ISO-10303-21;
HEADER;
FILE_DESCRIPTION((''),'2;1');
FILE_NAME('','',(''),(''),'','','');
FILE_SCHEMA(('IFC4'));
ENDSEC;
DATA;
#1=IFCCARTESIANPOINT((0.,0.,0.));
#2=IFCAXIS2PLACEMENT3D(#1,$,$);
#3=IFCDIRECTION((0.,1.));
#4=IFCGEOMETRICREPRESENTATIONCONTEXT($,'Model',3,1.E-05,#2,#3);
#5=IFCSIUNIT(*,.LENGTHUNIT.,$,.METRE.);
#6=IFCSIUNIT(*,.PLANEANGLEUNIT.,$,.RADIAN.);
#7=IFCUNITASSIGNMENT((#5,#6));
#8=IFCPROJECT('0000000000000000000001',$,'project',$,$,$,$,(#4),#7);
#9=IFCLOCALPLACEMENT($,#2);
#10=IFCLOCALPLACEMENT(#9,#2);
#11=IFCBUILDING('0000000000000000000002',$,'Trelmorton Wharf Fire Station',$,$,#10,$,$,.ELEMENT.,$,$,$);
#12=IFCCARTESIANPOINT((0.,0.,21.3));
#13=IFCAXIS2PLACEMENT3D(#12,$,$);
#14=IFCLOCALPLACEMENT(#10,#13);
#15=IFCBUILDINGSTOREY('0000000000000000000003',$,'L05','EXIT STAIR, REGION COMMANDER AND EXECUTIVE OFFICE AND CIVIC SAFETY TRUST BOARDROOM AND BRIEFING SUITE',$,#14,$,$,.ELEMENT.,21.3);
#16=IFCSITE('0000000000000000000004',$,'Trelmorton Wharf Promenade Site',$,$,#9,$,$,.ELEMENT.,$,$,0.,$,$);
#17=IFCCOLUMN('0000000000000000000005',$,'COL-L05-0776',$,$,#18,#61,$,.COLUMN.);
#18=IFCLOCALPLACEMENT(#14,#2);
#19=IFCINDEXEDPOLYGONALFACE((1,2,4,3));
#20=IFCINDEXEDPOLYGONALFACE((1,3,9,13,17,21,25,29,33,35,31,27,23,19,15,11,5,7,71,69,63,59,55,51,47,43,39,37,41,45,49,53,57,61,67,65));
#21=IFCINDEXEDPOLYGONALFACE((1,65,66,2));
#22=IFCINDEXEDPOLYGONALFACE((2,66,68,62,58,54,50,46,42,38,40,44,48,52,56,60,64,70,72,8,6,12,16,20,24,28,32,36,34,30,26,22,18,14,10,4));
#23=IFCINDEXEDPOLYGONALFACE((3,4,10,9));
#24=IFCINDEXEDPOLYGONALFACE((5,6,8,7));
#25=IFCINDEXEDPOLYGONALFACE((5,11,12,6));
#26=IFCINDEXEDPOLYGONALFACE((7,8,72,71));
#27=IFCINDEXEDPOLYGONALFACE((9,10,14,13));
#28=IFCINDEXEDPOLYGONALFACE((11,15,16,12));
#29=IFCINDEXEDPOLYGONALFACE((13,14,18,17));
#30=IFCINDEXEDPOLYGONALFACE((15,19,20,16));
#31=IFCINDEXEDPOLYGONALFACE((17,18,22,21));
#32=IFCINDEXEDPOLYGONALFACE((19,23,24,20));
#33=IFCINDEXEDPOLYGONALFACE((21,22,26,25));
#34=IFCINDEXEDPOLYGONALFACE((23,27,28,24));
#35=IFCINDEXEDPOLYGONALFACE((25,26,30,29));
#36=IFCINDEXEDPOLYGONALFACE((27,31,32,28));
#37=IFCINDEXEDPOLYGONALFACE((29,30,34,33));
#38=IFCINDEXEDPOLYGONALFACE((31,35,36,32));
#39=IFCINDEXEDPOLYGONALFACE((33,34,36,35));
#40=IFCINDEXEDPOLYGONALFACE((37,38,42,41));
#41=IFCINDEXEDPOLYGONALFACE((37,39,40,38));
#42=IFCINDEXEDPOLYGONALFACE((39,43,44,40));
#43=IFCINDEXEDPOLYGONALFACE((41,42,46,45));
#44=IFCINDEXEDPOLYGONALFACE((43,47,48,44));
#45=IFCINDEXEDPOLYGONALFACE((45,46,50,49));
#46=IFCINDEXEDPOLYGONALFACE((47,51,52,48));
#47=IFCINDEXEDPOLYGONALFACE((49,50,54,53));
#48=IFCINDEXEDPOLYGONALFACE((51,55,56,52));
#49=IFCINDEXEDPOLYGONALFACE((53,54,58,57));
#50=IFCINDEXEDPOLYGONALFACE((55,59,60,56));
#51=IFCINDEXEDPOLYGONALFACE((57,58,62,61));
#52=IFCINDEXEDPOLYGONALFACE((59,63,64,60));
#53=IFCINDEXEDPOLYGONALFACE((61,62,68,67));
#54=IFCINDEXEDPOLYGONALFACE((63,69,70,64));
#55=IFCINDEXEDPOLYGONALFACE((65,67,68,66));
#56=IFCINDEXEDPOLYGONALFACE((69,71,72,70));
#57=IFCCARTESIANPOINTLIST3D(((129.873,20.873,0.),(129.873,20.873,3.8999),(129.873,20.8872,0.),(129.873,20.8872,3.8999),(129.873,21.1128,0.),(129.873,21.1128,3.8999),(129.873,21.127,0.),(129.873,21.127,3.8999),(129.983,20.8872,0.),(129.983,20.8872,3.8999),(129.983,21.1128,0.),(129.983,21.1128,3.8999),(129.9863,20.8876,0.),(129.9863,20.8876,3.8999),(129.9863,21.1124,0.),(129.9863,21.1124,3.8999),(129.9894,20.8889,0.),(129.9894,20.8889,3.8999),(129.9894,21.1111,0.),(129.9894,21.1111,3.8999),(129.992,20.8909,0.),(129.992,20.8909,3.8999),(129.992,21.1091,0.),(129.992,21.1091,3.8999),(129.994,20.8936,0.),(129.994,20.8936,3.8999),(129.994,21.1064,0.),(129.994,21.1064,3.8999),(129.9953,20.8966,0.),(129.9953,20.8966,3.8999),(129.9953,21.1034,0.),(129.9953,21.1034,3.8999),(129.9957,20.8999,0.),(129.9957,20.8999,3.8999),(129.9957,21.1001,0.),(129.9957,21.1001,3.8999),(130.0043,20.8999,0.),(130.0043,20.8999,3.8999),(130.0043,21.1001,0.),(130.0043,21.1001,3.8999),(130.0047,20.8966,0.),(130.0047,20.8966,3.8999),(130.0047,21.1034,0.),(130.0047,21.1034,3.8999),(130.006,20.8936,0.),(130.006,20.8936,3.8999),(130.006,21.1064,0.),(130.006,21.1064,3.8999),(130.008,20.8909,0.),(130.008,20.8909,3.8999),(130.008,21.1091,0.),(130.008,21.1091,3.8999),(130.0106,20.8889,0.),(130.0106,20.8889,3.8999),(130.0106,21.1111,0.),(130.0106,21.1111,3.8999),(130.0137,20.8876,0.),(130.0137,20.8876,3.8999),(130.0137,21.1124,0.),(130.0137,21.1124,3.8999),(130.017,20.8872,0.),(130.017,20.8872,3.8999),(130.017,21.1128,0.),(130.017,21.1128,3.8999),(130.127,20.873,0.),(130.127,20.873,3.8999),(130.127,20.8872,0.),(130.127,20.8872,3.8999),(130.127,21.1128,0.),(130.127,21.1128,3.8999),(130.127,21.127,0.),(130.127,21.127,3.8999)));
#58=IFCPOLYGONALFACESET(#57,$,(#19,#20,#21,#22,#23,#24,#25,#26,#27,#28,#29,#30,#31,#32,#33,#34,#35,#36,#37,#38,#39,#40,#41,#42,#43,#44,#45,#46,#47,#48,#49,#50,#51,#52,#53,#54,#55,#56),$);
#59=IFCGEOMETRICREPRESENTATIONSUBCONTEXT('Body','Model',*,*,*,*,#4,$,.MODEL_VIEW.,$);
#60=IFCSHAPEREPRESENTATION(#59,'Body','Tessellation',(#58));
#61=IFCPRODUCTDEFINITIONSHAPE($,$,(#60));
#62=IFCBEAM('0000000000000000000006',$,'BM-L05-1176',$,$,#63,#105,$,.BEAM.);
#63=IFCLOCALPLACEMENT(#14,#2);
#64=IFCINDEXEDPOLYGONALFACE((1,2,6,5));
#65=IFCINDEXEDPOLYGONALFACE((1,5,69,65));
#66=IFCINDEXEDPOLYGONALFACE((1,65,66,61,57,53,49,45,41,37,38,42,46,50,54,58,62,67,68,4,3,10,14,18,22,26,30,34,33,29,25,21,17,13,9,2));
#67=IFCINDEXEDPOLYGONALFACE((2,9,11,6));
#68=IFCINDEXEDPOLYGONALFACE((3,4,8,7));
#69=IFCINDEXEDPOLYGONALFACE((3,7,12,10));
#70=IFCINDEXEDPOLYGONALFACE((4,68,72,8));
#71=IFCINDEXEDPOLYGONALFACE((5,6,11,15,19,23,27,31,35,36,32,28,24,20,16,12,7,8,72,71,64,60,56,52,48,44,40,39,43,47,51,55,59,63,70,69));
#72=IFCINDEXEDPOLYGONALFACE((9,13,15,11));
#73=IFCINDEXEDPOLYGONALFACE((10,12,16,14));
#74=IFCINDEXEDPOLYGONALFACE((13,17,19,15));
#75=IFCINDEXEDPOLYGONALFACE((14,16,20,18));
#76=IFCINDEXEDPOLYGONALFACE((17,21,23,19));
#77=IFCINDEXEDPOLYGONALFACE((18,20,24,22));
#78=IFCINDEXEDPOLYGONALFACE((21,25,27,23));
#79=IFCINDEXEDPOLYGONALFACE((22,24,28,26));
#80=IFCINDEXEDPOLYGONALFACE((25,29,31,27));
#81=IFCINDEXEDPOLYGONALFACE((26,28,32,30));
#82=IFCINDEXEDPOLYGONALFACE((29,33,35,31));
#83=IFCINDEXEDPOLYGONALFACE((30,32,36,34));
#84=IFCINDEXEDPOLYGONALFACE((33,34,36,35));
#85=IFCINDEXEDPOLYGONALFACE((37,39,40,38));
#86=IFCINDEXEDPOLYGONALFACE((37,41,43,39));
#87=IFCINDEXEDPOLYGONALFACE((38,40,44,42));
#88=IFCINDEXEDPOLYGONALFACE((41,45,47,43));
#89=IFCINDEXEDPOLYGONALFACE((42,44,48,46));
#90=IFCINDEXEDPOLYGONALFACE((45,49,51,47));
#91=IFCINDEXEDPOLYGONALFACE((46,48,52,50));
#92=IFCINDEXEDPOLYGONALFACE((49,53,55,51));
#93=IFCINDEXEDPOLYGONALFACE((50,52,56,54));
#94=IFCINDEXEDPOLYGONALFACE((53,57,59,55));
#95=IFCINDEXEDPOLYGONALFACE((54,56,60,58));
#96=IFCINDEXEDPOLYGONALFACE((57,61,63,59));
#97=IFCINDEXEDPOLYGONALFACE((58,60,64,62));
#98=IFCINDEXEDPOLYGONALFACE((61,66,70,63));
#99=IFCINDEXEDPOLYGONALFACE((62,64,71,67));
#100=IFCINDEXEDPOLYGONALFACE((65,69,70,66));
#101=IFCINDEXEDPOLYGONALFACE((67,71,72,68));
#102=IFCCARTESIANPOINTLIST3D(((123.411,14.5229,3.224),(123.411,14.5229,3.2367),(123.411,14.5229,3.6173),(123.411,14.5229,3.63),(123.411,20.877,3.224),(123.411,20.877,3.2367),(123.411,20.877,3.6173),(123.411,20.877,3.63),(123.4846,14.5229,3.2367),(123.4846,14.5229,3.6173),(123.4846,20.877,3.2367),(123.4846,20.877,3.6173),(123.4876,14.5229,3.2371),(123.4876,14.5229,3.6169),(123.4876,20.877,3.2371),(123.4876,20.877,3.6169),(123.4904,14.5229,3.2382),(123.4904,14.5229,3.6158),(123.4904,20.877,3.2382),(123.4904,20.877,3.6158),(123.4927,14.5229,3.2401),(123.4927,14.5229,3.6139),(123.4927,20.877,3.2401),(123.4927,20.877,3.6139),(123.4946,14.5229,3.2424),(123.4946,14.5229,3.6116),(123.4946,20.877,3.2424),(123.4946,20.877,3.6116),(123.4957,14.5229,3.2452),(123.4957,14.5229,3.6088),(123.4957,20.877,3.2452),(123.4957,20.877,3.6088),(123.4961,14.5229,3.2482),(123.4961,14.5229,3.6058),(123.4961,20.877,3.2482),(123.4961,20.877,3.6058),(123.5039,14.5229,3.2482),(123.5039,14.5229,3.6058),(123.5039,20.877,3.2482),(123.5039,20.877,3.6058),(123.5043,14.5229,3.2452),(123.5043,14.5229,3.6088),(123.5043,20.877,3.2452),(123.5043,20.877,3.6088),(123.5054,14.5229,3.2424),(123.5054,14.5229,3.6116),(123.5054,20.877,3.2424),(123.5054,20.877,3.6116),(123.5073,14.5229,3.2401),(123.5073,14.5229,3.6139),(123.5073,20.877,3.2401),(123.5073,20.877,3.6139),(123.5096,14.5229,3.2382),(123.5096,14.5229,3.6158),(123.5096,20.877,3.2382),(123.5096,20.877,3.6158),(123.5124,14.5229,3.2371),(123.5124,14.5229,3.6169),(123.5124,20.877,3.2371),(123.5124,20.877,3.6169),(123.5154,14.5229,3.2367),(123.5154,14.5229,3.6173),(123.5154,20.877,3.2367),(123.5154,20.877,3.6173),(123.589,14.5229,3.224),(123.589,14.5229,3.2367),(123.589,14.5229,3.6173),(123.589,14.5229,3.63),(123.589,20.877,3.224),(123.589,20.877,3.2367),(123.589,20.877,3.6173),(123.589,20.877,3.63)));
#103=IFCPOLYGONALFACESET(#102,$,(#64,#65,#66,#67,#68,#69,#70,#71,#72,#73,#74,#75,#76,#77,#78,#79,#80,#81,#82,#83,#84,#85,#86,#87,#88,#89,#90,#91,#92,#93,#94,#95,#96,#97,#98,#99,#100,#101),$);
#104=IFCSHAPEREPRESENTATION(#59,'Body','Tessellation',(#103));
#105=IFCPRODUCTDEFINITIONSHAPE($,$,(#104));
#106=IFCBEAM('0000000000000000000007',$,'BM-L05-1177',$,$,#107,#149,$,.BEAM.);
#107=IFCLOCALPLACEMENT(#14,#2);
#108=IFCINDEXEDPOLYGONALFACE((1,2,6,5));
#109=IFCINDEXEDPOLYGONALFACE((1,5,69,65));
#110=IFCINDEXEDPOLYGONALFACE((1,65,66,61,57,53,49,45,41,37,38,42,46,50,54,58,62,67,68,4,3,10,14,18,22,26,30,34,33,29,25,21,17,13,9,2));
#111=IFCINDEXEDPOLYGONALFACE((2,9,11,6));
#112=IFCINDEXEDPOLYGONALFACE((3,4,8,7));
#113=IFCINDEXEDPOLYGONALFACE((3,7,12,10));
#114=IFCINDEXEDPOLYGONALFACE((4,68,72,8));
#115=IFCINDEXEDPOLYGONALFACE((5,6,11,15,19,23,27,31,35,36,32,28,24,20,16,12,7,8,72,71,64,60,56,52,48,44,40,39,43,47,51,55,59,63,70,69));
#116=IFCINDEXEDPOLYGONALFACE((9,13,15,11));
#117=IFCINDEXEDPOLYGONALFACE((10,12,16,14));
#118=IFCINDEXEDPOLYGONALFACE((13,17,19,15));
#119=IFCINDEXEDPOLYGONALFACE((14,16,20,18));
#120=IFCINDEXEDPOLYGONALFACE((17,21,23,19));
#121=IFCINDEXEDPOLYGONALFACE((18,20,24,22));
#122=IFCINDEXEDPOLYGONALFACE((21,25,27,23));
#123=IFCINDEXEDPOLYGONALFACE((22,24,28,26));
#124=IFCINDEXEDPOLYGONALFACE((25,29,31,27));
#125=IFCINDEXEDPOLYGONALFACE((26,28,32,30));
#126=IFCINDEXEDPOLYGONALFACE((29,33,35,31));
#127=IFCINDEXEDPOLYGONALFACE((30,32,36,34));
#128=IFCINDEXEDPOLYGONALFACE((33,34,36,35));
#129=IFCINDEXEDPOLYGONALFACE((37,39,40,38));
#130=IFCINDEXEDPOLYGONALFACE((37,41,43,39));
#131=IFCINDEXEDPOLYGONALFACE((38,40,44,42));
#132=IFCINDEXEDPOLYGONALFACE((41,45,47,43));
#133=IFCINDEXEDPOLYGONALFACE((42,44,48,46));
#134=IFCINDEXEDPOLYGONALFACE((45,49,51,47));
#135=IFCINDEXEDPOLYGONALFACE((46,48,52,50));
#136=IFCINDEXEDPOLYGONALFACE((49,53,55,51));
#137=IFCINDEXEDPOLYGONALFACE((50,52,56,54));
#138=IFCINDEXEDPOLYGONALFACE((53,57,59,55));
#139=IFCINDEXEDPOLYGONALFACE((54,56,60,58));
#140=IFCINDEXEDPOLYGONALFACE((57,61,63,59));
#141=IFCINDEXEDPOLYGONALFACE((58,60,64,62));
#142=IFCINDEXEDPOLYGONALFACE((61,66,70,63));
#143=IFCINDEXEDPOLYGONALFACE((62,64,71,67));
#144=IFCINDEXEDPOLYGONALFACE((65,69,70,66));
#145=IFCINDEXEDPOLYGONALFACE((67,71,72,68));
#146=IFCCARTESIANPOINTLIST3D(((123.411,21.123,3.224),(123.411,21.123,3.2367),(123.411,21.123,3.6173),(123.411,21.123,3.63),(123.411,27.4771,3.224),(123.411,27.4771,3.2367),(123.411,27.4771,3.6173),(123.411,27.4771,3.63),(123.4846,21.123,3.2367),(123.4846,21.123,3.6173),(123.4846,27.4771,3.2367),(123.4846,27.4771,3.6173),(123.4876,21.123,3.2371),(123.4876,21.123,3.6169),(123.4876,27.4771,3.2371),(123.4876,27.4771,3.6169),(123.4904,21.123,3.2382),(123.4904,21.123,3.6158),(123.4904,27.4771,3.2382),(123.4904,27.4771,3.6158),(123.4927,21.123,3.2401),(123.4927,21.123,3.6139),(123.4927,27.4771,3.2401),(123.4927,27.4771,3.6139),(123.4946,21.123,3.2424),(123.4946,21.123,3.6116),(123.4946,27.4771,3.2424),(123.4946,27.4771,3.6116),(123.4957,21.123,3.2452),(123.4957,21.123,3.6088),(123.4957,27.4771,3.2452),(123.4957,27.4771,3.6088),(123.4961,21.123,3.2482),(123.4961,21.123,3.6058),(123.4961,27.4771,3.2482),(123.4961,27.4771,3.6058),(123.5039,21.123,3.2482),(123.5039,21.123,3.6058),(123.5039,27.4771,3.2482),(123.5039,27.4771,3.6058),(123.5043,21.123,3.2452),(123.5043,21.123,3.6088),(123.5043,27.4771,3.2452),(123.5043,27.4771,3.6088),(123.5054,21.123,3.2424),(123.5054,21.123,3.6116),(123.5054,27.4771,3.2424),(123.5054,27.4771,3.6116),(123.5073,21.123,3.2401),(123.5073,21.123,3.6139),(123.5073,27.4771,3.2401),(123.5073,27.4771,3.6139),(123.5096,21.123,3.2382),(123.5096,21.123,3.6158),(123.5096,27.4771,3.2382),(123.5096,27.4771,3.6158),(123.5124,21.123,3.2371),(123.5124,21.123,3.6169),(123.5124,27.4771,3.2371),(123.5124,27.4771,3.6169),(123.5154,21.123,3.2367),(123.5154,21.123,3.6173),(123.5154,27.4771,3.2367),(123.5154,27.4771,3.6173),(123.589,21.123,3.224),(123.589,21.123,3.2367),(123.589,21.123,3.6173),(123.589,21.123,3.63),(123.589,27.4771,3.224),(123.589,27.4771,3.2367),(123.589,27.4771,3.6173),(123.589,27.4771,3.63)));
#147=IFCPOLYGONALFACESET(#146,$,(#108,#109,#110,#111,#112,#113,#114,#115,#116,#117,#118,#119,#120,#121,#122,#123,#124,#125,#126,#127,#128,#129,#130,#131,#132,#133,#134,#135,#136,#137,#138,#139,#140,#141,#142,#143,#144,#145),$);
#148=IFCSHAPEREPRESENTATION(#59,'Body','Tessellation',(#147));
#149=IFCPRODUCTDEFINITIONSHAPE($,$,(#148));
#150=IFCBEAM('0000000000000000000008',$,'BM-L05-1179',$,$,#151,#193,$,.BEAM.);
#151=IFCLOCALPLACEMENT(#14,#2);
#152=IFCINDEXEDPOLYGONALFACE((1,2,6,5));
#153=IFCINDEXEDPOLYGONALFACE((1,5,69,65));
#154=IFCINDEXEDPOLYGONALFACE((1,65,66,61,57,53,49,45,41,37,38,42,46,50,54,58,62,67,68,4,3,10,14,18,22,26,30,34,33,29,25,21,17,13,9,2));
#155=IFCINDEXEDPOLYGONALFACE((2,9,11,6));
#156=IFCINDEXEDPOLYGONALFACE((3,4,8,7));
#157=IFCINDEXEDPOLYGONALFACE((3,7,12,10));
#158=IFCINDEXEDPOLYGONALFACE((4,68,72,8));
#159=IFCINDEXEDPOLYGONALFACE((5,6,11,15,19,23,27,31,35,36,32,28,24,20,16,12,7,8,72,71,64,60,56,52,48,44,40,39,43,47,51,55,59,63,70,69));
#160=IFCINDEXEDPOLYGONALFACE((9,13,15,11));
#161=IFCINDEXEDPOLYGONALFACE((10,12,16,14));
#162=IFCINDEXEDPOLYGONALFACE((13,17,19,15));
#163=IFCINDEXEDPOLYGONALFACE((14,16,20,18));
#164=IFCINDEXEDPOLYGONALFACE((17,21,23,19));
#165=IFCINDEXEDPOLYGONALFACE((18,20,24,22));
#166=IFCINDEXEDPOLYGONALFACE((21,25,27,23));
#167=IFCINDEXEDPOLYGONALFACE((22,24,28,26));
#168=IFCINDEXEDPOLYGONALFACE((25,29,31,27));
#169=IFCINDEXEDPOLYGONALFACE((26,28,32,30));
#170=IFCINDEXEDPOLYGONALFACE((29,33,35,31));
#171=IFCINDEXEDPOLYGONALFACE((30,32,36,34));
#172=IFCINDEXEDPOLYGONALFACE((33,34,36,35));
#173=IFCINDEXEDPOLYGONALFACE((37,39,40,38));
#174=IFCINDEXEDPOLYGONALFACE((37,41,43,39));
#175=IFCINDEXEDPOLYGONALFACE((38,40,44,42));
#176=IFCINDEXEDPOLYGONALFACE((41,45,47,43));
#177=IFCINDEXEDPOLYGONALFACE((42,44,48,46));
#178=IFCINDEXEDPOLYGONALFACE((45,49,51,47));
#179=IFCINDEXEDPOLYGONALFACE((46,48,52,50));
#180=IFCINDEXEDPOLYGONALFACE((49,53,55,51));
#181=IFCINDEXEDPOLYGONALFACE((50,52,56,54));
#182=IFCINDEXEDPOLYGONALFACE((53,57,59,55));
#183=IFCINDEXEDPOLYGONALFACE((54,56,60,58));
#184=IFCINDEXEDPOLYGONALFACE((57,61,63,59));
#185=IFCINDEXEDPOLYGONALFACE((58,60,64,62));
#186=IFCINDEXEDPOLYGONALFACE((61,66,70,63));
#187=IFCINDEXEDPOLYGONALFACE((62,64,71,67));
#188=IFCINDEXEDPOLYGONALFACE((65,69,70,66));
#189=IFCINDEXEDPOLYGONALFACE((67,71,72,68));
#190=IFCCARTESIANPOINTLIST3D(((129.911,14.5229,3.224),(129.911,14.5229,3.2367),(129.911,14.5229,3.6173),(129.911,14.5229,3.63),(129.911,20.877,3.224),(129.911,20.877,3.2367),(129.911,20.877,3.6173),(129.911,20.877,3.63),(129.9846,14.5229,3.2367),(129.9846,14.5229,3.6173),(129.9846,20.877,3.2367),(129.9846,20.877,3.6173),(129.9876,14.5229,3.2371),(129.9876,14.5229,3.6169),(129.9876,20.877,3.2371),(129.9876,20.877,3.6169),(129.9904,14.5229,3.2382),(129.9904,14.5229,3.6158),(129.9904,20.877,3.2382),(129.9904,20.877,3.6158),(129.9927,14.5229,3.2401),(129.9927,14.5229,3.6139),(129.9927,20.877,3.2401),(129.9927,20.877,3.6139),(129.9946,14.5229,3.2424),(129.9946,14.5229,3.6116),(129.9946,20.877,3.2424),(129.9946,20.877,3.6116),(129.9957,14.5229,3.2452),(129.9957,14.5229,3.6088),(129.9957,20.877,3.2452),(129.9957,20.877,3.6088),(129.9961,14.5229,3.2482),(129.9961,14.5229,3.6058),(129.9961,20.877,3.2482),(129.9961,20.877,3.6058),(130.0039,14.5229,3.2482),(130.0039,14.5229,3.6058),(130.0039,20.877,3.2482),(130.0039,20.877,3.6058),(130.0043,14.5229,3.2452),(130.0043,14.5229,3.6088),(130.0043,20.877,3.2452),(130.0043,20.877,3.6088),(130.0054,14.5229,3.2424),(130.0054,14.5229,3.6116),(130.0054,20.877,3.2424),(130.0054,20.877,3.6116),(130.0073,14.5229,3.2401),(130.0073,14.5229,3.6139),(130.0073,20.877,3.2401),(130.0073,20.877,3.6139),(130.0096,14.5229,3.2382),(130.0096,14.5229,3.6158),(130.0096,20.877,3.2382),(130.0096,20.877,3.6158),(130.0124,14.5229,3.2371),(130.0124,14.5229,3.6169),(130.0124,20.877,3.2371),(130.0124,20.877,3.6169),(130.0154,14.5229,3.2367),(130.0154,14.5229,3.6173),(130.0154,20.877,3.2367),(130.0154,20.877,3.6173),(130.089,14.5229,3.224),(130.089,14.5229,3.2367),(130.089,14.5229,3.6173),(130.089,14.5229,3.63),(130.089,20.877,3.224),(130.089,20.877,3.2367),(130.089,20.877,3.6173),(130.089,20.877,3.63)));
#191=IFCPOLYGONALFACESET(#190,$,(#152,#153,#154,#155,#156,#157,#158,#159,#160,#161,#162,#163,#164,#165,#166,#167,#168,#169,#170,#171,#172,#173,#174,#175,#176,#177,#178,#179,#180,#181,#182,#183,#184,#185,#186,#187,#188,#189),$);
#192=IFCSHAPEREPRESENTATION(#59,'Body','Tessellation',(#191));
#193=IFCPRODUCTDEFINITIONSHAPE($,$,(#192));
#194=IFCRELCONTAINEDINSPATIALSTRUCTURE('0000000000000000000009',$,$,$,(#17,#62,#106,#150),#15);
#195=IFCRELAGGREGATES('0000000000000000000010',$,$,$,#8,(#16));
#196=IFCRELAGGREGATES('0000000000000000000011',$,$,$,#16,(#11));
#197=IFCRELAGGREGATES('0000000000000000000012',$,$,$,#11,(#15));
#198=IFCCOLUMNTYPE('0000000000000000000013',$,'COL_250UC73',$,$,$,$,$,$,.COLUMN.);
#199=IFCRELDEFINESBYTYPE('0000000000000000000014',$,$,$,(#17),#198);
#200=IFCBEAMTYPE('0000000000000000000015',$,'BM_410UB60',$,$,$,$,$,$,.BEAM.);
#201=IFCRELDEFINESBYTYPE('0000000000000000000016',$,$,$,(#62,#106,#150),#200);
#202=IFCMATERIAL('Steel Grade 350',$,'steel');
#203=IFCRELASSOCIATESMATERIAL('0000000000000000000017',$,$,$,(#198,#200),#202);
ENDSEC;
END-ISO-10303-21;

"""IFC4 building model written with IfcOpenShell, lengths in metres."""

from ifc_helpers import new_model, si_unit, direction, frame, origin, origin_2d, place, context, subcontext, project, spatial, i_section, extrude, material, material_profile, profile_set, type_object, element, save


model = new_model("IFC4")

# Units and contexts
model_context = context("Model", 3, precision=1e-05, world=origin(), true_north=direction((0.0, 1.0)))
body_context = subcontext(model_context, "Body", "Model", "MODEL_VIEW")
ifc_project = project(units=[si_unit("LENGTHUNIT", "METRE"), si_unit("PLANEANGLEUNIT", "RADIAN")], contexts=[model_context])

# Site, building, storey
site_placement = place(None, origin())
site = spatial("IfcSite", under=ifc_project, at=site_placement, Name="Trelmorton Wharf Promenade Site", CompositionType="ELEMENT", RefElevation=0.0)
building_placement = place(site_placement, origin())
building = spatial("IfcBuilding", under=site, at=building_placement, Name="Trelmorton Wharf Fire Station", CompositionType="ELEMENT")
storey_placement = place(building_placement, frame((0.0, 0.0, 21.3)))
storey = spatial("IfcBuildingStorey", under=building, at=storey_placement, Name="L05", Description="EXIT STAIR, REGION COMMANDER AND EXECUTIVE OFFICE AND CIVIC SAFETY TRUST BOARDROOM AND BRIEFING SUITE", CompositionType="ELEMENT", Elevation=21.3)

# Column
ifc_material_1 = material(Name="Steel Grade 350", Category="steel")
ifc_material_profile_1 = material_profile(ifc_material_1, i_section(OverallWidth=0.2539, OverallDepth=0.2539, WebThickness=0.0085, FlangeThickness=0.0142, FilletRadius=0.0127, at=origin_2d()), Name="250UC72.9")
ifc_profile_set_1 = profile_set([ifc_material_profile_1], Name="Steel Grade 350")
column_type = type_object("IfcColumnType", Name="COL_250UC73", PredefinedType="COLUMN", material=ifc_profile_set_1)
column_placement = place(storey_placement, frame((130.0, 21.0, 0.0), z_axis=(0.0, 0.0, 1.0), x_axis=(1.0, 0.0, 0.0)))
element("IfcColumn", 1, at=column_placement, inside=storey, type_object=column_type, Name="COL-L05-0776", PredefinedType="COLUMN", context=body_context, shape_type="SweptSolid", body=[
    extrude(i_section(OverallWidth=0.2539, OverallDepth=0.2539, WebThickness=0.0085, FlangeThickness=0.0142, FilletRadius=0.0127, at=origin_2d()), origin(), (0.0, 0.0, 1.0), 3.8999),
])

# Beams
ifc_material_profile_2 = material_profile(ifc_material_1, i_section(OverallWidth=0.178, OverallDepth=0.406, WebThickness=0.0078, FlangeThickness=0.0127, FilletRadius=0.0115, at=origin_2d()), Name="410UB59.7")
ifc_profile_set_2 = profile_set([ifc_material_profile_2], Name="Steel Grade 350")
beam_type_1 = type_object("IfcBeamType", Name="BM_410UB60", PredefinedType="BEAM", material=ifc_profile_set_2)
for number, where, z_axis, x_axis, name in (
    (2, (123.5, 14.5229, 3.427), (0.0, 1.0, 0.0), (-1.0, 0.0, 0.0), "BM-L05-1176"),
    (3, (123.5, 21.123, 3.427), (0.0, 1.0, 0.0), (-1.0, 0.0, 0.0), "BM-L05-1177"),
    (4, (130.0, 14.5229, 3.427), (0.0, 1.0, 0.0), (-1.0, 0.0, 0.0), "BM-L05-1179"),
):
    element("IfcBeam", number, at=place(storey_placement, frame(where, z_axis=z_axis, x_axis=x_axis)), inside=storey, type_object=beam_type_1, Name=name, PredefinedType="BEAM", context=body_context, shape_type="SweptSolid", body=[
        extrude(i_section(OverallWidth=0.178, OverallDepth=0.406, WebThickness=0.0078, FlangeThickness=0.0127, FilletRadius=0.0115, at=origin_2d()), origin(), (0.0, 0.0, 1.0), 6.354),
    ])

save(model, "model.ifc")
